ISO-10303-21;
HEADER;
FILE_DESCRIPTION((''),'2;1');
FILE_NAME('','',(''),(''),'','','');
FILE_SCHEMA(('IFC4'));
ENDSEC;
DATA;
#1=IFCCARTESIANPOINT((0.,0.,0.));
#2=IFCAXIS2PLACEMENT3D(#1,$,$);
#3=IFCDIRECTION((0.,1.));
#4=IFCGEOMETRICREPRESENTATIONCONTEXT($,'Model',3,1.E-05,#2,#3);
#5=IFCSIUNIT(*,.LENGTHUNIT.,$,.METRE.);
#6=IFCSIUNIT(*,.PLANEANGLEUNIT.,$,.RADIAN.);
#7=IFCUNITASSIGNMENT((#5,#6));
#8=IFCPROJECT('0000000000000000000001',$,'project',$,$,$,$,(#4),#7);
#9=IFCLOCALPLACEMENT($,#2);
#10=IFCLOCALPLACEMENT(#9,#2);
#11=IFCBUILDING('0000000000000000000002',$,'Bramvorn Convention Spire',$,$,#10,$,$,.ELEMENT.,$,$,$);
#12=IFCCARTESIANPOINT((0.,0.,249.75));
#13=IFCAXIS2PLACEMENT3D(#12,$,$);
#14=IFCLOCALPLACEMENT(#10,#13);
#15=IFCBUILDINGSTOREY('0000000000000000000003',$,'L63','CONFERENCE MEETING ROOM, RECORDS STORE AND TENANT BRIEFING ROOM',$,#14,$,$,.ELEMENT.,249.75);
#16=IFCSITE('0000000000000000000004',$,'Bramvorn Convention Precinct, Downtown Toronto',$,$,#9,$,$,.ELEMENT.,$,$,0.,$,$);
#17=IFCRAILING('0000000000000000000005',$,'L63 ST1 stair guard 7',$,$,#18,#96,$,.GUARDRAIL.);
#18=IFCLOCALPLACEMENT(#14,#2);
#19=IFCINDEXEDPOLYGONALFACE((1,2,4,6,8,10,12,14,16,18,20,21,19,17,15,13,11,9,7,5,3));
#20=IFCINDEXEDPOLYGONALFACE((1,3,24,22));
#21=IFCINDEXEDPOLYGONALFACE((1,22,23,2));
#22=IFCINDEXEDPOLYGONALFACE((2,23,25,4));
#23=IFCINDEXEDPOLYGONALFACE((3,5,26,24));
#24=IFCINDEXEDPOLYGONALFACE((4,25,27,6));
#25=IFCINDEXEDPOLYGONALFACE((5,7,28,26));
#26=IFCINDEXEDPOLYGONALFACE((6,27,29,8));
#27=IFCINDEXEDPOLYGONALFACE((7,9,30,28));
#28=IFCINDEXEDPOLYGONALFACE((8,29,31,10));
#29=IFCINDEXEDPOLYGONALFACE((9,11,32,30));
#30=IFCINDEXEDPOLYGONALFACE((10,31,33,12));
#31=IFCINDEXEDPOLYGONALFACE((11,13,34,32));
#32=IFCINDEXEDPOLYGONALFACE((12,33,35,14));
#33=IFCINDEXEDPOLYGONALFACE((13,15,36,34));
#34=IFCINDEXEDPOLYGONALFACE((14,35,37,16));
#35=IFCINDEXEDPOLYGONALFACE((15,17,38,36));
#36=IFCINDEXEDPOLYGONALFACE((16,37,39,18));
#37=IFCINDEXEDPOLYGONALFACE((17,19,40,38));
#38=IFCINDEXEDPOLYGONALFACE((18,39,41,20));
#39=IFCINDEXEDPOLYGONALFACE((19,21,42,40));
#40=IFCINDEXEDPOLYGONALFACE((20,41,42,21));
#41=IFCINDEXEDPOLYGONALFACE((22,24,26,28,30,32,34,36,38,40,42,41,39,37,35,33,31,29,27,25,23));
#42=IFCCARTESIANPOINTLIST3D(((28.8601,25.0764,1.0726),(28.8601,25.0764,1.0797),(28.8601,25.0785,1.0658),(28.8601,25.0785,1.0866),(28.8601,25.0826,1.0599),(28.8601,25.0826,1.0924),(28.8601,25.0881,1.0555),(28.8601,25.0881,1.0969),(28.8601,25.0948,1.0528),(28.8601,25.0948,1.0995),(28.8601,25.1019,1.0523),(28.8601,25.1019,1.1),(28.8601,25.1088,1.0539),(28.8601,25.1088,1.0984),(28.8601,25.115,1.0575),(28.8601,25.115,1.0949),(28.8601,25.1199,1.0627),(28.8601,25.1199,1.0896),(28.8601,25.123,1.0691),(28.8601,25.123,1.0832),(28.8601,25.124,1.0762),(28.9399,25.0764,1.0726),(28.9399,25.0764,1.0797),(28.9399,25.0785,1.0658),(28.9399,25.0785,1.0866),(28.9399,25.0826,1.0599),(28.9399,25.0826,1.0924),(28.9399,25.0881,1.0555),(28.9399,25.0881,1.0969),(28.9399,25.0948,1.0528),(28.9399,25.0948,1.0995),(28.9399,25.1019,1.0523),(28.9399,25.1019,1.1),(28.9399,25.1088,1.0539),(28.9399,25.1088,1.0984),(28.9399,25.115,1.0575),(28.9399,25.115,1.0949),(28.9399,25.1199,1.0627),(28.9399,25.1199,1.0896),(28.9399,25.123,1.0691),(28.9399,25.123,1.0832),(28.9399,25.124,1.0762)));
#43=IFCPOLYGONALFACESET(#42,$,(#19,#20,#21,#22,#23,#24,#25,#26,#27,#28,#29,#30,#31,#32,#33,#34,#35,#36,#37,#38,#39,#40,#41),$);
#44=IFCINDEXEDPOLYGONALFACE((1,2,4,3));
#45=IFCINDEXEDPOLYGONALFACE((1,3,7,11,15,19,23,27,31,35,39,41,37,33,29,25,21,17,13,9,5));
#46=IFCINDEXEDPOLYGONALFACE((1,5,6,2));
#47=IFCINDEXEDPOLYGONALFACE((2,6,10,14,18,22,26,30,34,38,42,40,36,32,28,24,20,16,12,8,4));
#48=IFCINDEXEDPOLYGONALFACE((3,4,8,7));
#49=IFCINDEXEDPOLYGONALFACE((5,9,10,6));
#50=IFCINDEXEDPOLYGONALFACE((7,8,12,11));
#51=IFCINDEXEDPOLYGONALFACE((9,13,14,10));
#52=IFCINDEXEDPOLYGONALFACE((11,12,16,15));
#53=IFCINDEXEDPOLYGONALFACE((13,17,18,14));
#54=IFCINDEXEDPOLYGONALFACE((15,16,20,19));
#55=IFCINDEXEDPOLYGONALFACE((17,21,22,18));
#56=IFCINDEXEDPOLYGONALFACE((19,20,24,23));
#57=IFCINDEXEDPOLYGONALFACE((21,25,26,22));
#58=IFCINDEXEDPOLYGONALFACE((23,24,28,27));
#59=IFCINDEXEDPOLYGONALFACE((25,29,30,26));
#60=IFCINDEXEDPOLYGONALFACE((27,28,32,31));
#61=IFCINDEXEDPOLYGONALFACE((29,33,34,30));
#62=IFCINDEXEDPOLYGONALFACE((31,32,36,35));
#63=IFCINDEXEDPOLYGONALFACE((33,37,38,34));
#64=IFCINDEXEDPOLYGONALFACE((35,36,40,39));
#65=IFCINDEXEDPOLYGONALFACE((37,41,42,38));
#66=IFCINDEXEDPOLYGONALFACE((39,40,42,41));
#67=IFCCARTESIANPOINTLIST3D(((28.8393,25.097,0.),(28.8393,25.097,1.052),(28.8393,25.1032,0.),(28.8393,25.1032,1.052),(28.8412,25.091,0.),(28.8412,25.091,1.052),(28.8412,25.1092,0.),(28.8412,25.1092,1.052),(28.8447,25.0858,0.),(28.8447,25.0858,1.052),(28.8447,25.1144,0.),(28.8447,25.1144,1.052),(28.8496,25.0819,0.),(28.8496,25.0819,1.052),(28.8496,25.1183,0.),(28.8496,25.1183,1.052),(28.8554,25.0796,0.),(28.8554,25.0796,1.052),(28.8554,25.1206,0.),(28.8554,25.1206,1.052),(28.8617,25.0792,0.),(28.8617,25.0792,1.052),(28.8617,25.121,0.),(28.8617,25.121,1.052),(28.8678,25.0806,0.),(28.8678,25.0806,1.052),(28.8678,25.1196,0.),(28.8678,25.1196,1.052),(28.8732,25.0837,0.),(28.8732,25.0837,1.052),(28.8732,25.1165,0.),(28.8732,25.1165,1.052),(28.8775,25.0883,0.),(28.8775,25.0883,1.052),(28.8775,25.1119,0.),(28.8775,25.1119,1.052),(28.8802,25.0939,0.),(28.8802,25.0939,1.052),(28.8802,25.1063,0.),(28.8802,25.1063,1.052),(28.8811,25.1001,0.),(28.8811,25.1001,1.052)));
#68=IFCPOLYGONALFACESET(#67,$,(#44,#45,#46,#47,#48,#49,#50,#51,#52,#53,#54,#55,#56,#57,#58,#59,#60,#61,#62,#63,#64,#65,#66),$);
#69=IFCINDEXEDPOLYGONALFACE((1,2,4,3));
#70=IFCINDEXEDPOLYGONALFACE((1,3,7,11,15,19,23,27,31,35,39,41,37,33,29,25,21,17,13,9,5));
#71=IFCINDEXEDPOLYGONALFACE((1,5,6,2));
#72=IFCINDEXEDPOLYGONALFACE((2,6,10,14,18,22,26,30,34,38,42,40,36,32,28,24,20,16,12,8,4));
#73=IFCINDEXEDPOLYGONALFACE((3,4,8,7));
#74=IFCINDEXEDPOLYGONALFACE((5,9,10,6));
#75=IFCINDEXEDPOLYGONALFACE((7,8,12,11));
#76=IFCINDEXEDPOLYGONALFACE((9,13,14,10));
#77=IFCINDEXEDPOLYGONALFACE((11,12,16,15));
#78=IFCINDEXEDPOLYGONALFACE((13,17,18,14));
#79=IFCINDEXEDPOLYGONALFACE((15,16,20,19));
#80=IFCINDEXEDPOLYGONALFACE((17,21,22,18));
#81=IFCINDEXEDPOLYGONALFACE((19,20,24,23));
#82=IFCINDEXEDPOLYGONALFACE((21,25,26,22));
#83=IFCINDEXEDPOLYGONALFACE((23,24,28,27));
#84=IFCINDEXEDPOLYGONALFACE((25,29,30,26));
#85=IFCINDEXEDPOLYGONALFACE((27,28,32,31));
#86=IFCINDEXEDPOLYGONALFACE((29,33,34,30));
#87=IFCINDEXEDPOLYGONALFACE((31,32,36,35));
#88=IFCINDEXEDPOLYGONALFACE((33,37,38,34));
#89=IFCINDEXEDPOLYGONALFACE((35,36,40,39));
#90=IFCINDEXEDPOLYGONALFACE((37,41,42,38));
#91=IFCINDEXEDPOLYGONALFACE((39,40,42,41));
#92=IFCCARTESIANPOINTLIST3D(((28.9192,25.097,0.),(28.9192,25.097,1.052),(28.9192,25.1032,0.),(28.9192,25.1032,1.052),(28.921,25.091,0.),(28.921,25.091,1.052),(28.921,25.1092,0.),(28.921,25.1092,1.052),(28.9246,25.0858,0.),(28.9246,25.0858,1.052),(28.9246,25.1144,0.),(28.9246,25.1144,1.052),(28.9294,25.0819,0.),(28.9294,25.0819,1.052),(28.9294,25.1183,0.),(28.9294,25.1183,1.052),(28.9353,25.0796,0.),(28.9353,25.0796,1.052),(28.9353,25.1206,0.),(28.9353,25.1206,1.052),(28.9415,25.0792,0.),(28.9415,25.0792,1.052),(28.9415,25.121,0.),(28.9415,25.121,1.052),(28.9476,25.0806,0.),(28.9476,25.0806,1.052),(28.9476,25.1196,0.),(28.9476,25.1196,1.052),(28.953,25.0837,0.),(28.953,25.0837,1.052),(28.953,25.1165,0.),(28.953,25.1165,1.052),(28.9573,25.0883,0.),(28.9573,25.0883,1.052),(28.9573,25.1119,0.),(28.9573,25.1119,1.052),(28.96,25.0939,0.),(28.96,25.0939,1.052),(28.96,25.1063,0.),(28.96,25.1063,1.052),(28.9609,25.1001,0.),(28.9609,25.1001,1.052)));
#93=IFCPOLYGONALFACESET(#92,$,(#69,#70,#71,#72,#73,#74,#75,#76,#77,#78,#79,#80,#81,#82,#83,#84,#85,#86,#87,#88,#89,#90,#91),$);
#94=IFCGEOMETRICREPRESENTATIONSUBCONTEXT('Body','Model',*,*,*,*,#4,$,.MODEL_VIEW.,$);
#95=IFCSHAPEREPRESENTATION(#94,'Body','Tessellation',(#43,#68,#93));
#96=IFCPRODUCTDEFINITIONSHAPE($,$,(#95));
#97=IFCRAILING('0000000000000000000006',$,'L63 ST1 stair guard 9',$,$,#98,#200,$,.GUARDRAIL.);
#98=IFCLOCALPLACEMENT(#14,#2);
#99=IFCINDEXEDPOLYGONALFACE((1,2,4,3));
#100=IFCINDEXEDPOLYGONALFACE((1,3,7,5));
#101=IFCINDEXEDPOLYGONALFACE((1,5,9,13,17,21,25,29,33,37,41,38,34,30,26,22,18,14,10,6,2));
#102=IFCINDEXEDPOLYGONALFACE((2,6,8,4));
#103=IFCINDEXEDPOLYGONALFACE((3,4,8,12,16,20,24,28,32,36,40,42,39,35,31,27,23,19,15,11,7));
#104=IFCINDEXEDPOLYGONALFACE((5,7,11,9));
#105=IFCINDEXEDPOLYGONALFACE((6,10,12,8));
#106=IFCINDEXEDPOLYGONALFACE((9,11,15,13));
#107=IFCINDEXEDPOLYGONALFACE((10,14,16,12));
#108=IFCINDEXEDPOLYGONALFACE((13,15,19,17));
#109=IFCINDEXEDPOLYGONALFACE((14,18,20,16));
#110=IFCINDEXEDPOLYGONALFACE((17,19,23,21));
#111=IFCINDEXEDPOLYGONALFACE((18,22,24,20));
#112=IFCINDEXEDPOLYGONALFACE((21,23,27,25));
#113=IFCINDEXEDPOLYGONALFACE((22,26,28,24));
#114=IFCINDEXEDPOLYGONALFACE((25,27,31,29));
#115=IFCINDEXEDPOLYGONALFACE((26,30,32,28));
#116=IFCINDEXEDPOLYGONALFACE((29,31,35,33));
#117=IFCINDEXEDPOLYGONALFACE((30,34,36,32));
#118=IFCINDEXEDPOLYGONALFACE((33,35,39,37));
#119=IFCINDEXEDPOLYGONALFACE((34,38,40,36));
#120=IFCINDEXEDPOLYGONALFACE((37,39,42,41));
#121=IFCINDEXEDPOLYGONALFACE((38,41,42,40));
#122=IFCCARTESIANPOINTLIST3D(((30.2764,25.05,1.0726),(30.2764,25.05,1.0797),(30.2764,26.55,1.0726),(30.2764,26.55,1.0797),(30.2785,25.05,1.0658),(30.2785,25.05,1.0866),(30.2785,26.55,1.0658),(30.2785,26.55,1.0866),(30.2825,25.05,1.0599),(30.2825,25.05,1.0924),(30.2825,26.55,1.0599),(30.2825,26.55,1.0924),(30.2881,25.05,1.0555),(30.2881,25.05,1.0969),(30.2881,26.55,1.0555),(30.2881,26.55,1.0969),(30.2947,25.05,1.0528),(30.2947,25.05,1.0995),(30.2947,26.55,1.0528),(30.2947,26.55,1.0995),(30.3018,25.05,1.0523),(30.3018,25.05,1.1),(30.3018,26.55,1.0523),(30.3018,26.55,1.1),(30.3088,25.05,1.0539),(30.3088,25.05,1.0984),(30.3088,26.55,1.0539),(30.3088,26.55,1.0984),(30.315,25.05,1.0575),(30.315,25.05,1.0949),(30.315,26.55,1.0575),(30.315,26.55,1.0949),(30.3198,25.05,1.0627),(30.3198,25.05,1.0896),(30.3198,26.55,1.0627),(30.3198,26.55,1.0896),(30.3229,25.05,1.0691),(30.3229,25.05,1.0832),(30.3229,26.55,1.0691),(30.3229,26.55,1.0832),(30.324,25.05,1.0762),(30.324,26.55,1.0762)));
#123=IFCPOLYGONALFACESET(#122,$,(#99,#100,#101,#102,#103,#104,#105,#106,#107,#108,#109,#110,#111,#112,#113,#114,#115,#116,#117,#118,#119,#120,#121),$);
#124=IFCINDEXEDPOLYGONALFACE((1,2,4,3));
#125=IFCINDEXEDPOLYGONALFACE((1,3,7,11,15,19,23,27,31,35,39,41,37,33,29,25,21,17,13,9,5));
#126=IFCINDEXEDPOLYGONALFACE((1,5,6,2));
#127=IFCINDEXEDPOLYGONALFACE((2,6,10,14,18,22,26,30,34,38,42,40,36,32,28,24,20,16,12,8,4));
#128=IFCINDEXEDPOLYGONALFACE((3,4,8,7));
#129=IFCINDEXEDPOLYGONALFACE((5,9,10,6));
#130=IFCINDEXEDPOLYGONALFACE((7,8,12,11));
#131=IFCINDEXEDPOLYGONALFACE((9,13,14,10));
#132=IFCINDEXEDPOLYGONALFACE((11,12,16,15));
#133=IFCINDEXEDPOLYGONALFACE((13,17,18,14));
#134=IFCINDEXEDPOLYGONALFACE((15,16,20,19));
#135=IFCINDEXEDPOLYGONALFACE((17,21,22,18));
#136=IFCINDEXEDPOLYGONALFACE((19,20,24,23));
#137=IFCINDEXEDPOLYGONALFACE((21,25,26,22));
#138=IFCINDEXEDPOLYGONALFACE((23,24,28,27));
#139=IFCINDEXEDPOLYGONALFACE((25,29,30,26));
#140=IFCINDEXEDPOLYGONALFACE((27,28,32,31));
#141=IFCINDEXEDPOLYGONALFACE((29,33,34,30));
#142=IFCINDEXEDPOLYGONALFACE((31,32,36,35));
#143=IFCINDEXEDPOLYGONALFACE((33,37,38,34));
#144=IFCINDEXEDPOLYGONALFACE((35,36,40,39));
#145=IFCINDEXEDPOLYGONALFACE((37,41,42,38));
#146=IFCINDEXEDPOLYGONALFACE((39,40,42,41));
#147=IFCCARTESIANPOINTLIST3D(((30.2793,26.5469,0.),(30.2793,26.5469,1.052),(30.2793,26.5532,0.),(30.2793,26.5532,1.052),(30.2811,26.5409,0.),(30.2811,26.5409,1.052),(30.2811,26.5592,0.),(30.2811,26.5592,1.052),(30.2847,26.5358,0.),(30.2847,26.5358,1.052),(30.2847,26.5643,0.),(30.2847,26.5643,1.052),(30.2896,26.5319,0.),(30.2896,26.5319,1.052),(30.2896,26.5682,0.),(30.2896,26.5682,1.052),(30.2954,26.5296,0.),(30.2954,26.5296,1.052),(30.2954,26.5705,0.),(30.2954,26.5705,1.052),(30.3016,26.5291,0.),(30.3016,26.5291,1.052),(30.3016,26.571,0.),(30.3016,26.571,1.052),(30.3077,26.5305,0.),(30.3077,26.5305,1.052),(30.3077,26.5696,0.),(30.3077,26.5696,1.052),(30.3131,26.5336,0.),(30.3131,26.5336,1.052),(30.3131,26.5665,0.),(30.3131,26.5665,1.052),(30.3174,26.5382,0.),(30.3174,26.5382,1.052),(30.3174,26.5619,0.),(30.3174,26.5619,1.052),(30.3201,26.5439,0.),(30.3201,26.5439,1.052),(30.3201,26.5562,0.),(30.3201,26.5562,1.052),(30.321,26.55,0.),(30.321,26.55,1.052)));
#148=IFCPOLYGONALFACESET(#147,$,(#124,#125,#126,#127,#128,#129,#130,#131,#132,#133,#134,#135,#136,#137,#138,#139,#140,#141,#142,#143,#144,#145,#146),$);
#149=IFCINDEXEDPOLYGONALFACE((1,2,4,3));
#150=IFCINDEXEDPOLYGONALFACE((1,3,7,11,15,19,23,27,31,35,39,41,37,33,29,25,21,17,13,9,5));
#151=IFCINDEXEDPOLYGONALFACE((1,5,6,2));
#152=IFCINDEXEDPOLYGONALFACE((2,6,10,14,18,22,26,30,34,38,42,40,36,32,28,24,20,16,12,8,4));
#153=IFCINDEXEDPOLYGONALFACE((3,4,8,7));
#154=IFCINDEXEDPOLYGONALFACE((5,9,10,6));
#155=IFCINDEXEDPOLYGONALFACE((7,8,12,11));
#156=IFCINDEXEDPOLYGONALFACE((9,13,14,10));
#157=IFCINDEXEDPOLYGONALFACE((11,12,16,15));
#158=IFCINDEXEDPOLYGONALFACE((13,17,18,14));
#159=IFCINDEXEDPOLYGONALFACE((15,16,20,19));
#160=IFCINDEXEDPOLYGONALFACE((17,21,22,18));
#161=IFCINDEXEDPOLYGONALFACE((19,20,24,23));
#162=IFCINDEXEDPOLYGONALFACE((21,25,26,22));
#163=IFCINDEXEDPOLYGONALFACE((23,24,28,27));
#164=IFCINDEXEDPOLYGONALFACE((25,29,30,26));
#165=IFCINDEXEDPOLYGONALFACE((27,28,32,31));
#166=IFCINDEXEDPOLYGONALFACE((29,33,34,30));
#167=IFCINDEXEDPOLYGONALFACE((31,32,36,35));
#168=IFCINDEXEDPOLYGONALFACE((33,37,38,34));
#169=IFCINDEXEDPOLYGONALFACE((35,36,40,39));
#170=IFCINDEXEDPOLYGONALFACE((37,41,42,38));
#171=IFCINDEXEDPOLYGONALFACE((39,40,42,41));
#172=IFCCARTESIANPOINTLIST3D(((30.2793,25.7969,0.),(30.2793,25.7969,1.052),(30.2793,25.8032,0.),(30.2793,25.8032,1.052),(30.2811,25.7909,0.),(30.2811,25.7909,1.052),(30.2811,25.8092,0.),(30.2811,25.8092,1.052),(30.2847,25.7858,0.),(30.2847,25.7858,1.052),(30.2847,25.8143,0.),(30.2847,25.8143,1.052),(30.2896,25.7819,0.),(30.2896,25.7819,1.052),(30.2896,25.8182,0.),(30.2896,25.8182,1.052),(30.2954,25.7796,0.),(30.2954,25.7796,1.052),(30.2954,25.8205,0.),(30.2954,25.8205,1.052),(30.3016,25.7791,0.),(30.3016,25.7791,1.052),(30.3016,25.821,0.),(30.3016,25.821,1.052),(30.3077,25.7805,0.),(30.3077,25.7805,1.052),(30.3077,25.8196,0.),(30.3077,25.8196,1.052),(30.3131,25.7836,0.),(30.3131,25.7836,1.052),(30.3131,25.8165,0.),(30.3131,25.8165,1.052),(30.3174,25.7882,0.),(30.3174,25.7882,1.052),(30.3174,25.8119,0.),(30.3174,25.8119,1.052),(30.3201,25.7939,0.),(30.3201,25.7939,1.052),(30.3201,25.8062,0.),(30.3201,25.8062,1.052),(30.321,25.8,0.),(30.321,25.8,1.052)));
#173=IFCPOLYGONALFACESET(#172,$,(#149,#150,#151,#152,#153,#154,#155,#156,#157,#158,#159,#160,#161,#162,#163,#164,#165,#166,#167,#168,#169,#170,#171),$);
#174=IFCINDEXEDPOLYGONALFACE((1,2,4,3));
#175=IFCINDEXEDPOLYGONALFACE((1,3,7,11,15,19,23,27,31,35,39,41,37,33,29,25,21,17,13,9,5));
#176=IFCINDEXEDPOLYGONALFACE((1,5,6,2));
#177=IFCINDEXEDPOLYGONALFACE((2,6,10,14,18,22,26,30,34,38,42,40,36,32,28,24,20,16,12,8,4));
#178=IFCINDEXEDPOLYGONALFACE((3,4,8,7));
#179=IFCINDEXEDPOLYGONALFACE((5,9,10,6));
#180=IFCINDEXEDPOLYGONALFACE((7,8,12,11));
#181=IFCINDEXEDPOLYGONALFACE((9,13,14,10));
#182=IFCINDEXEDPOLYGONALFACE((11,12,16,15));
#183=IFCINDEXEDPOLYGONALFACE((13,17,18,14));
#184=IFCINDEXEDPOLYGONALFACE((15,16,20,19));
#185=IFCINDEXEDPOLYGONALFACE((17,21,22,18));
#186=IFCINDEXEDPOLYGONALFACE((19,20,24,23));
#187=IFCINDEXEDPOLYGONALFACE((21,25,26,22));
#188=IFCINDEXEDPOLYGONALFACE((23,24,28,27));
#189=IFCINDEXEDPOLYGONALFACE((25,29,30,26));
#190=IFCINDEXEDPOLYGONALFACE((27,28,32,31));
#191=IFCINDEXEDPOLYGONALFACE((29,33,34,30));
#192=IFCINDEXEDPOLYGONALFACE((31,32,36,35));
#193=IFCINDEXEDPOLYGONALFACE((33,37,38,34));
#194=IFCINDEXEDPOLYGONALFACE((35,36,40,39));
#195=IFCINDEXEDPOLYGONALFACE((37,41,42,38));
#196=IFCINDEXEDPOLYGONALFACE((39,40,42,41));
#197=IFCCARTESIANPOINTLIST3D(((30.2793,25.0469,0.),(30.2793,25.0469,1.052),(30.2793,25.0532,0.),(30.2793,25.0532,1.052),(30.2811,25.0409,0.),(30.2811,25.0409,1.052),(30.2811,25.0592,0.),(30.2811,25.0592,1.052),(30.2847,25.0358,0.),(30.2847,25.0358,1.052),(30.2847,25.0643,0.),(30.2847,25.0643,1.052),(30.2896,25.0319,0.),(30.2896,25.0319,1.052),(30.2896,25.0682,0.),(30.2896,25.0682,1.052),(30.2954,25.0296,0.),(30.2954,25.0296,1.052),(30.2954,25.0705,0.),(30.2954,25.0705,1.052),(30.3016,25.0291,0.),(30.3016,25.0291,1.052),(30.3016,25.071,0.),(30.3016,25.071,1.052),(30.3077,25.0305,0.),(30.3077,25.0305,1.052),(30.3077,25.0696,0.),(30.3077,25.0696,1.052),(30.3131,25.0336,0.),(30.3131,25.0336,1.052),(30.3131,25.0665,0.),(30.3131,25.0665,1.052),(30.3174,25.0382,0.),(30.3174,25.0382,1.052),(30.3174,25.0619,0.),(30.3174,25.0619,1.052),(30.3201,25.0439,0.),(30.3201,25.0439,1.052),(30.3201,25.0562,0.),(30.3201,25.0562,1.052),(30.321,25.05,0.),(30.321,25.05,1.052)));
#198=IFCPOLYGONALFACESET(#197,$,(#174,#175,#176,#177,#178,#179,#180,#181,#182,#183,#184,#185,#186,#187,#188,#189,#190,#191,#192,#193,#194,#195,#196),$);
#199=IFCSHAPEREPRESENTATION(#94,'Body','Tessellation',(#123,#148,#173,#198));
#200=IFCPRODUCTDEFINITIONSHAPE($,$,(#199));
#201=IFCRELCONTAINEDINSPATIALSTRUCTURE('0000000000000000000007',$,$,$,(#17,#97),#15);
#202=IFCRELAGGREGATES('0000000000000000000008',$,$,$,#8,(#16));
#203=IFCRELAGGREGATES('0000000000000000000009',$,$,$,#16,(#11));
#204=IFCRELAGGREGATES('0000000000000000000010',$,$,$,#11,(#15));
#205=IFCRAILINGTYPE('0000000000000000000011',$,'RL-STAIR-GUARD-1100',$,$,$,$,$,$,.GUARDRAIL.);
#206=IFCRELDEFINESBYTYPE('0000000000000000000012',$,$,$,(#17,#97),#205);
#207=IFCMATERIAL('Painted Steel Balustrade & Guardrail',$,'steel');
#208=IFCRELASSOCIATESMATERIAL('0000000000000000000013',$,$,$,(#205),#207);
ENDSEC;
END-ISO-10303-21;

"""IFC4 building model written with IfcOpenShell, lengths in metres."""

from ifc_helpers import new_model, si_unit, direction, frame, origin, origin_2d, place, context, subcontext, project, spatial, circle, extrude, material, type_object, element, save


model = new_model("IFC4")

# Units and contexts
model_context = context("Model", 3, precision=1e-05, world=origin(), true_north=direction((0.0, 1.0)))
body_context = subcontext(model_context, "Body", "Model", "MODEL_VIEW")
ifc_project = project(units=[si_unit("LENGTHUNIT", "METRE"), si_unit("PLANEANGLEUNIT", "RADIAN")], contexts=[model_context])

# Site, building, storey
site_placement = place(None, origin())
site = spatial("IfcSite", under=ifc_project, at=site_placement, Name="Bramvorn Convention Precinct, Downtown Toronto", CompositionType="ELEMENT", RefElevation=0.0)
building_placement = place(site_placement, origin())
building = spatial("IfcBuilding", under=site, at=building_placement, Name="Bramvorn Convention Spire", CompositionType="ELEMENT")
storey_placement = place(building_placement, frame((0.0, 0.0, 249.75)))
storey = spatial("IfcBuildingStorey", under=building, at=storey_placement, Name="L63", Description="CONFERENCE MEETING ROOM, RECORDS STORE AND TENANT BRIEFING ROOM", CompositionType="ELEMENT", Elevation=249.75)

# Railings
ifc_material_1 = material(Name="Painted Steel Balustrade & Guardrail", Category="steel")
railing_type_1 = type_object("IfcRailingType", Name="RL-STAIR-GUARD-1100", PredefinedType="GUARDRAIL", material=ifc_material_1)
railing_1_placement = place(storey_placement, frame((28.8601, 25.1001, 0.0)))
element("IfcRailing", 1, at=railing_1_placement, inside=storey, type_object=railing_type_1, Name="L63 ST1 stair guard 7", PredefinedType="GUARDRAIL", context=body_context, shape_type="SweptSolid", body=[
    extrude(circle(Radius=0.0239, at=origin_2d()), frame((0.0, 0.0, 1.0762), z_axis=(1.0, 0.0, 0.0), x_axis=(0.0, 1.0, 0.0)), (0.0, 0.0, 1.0), 0.0798),
    extrude(circle(Radius=0.021, at=origin_2d()), origin(), (0.0, 0.0, 1.0), 1.052),
    extrude(circle(Radius=0.021, at=origin_2d()), frame((0.0798, 0.0, 0.0)), (0.0, 0.0, 1.0), 1.052),
])
railing_2_placement = place(storey_placement, frame((30.3, 26.55, 0.0)))
element("IfcRailing", 2, at=railing_2_placement, inside=storey, type_object=railing_type_1, Name="L63 ST1 stair guard 9", PredefinedType="GUARDRAIL", context=body_context, shape_type="SweptSolid", body=[
    extrude(circle(Radius=0.0239, at=origin_2d()), frame((0.0, 0.0, 1.0762), z_axis=(0.0, -1.0, 0.0), x_axis=(1.0, 0.0, 0.0)), (0.0, 0.0, 1.0), 1.5),
    extrude(circle(Radius=0.021, at=origin_2d()), origin(), (0.0, 0.0, 1.0), 1.052),
    extrude(circle(Radius=0.021, at=origin_2d()), frame((0.0, -0.75, 0.0)), (0.0, 0.0, 1.0), 1.052),
    extrude(circle(Radius=0.021, at=origin_2d()), frame((0.0, -1.5, 0.0)), (0.0, 0.0, 1.0), 1.052),
])

save(model, "model.ifc")
